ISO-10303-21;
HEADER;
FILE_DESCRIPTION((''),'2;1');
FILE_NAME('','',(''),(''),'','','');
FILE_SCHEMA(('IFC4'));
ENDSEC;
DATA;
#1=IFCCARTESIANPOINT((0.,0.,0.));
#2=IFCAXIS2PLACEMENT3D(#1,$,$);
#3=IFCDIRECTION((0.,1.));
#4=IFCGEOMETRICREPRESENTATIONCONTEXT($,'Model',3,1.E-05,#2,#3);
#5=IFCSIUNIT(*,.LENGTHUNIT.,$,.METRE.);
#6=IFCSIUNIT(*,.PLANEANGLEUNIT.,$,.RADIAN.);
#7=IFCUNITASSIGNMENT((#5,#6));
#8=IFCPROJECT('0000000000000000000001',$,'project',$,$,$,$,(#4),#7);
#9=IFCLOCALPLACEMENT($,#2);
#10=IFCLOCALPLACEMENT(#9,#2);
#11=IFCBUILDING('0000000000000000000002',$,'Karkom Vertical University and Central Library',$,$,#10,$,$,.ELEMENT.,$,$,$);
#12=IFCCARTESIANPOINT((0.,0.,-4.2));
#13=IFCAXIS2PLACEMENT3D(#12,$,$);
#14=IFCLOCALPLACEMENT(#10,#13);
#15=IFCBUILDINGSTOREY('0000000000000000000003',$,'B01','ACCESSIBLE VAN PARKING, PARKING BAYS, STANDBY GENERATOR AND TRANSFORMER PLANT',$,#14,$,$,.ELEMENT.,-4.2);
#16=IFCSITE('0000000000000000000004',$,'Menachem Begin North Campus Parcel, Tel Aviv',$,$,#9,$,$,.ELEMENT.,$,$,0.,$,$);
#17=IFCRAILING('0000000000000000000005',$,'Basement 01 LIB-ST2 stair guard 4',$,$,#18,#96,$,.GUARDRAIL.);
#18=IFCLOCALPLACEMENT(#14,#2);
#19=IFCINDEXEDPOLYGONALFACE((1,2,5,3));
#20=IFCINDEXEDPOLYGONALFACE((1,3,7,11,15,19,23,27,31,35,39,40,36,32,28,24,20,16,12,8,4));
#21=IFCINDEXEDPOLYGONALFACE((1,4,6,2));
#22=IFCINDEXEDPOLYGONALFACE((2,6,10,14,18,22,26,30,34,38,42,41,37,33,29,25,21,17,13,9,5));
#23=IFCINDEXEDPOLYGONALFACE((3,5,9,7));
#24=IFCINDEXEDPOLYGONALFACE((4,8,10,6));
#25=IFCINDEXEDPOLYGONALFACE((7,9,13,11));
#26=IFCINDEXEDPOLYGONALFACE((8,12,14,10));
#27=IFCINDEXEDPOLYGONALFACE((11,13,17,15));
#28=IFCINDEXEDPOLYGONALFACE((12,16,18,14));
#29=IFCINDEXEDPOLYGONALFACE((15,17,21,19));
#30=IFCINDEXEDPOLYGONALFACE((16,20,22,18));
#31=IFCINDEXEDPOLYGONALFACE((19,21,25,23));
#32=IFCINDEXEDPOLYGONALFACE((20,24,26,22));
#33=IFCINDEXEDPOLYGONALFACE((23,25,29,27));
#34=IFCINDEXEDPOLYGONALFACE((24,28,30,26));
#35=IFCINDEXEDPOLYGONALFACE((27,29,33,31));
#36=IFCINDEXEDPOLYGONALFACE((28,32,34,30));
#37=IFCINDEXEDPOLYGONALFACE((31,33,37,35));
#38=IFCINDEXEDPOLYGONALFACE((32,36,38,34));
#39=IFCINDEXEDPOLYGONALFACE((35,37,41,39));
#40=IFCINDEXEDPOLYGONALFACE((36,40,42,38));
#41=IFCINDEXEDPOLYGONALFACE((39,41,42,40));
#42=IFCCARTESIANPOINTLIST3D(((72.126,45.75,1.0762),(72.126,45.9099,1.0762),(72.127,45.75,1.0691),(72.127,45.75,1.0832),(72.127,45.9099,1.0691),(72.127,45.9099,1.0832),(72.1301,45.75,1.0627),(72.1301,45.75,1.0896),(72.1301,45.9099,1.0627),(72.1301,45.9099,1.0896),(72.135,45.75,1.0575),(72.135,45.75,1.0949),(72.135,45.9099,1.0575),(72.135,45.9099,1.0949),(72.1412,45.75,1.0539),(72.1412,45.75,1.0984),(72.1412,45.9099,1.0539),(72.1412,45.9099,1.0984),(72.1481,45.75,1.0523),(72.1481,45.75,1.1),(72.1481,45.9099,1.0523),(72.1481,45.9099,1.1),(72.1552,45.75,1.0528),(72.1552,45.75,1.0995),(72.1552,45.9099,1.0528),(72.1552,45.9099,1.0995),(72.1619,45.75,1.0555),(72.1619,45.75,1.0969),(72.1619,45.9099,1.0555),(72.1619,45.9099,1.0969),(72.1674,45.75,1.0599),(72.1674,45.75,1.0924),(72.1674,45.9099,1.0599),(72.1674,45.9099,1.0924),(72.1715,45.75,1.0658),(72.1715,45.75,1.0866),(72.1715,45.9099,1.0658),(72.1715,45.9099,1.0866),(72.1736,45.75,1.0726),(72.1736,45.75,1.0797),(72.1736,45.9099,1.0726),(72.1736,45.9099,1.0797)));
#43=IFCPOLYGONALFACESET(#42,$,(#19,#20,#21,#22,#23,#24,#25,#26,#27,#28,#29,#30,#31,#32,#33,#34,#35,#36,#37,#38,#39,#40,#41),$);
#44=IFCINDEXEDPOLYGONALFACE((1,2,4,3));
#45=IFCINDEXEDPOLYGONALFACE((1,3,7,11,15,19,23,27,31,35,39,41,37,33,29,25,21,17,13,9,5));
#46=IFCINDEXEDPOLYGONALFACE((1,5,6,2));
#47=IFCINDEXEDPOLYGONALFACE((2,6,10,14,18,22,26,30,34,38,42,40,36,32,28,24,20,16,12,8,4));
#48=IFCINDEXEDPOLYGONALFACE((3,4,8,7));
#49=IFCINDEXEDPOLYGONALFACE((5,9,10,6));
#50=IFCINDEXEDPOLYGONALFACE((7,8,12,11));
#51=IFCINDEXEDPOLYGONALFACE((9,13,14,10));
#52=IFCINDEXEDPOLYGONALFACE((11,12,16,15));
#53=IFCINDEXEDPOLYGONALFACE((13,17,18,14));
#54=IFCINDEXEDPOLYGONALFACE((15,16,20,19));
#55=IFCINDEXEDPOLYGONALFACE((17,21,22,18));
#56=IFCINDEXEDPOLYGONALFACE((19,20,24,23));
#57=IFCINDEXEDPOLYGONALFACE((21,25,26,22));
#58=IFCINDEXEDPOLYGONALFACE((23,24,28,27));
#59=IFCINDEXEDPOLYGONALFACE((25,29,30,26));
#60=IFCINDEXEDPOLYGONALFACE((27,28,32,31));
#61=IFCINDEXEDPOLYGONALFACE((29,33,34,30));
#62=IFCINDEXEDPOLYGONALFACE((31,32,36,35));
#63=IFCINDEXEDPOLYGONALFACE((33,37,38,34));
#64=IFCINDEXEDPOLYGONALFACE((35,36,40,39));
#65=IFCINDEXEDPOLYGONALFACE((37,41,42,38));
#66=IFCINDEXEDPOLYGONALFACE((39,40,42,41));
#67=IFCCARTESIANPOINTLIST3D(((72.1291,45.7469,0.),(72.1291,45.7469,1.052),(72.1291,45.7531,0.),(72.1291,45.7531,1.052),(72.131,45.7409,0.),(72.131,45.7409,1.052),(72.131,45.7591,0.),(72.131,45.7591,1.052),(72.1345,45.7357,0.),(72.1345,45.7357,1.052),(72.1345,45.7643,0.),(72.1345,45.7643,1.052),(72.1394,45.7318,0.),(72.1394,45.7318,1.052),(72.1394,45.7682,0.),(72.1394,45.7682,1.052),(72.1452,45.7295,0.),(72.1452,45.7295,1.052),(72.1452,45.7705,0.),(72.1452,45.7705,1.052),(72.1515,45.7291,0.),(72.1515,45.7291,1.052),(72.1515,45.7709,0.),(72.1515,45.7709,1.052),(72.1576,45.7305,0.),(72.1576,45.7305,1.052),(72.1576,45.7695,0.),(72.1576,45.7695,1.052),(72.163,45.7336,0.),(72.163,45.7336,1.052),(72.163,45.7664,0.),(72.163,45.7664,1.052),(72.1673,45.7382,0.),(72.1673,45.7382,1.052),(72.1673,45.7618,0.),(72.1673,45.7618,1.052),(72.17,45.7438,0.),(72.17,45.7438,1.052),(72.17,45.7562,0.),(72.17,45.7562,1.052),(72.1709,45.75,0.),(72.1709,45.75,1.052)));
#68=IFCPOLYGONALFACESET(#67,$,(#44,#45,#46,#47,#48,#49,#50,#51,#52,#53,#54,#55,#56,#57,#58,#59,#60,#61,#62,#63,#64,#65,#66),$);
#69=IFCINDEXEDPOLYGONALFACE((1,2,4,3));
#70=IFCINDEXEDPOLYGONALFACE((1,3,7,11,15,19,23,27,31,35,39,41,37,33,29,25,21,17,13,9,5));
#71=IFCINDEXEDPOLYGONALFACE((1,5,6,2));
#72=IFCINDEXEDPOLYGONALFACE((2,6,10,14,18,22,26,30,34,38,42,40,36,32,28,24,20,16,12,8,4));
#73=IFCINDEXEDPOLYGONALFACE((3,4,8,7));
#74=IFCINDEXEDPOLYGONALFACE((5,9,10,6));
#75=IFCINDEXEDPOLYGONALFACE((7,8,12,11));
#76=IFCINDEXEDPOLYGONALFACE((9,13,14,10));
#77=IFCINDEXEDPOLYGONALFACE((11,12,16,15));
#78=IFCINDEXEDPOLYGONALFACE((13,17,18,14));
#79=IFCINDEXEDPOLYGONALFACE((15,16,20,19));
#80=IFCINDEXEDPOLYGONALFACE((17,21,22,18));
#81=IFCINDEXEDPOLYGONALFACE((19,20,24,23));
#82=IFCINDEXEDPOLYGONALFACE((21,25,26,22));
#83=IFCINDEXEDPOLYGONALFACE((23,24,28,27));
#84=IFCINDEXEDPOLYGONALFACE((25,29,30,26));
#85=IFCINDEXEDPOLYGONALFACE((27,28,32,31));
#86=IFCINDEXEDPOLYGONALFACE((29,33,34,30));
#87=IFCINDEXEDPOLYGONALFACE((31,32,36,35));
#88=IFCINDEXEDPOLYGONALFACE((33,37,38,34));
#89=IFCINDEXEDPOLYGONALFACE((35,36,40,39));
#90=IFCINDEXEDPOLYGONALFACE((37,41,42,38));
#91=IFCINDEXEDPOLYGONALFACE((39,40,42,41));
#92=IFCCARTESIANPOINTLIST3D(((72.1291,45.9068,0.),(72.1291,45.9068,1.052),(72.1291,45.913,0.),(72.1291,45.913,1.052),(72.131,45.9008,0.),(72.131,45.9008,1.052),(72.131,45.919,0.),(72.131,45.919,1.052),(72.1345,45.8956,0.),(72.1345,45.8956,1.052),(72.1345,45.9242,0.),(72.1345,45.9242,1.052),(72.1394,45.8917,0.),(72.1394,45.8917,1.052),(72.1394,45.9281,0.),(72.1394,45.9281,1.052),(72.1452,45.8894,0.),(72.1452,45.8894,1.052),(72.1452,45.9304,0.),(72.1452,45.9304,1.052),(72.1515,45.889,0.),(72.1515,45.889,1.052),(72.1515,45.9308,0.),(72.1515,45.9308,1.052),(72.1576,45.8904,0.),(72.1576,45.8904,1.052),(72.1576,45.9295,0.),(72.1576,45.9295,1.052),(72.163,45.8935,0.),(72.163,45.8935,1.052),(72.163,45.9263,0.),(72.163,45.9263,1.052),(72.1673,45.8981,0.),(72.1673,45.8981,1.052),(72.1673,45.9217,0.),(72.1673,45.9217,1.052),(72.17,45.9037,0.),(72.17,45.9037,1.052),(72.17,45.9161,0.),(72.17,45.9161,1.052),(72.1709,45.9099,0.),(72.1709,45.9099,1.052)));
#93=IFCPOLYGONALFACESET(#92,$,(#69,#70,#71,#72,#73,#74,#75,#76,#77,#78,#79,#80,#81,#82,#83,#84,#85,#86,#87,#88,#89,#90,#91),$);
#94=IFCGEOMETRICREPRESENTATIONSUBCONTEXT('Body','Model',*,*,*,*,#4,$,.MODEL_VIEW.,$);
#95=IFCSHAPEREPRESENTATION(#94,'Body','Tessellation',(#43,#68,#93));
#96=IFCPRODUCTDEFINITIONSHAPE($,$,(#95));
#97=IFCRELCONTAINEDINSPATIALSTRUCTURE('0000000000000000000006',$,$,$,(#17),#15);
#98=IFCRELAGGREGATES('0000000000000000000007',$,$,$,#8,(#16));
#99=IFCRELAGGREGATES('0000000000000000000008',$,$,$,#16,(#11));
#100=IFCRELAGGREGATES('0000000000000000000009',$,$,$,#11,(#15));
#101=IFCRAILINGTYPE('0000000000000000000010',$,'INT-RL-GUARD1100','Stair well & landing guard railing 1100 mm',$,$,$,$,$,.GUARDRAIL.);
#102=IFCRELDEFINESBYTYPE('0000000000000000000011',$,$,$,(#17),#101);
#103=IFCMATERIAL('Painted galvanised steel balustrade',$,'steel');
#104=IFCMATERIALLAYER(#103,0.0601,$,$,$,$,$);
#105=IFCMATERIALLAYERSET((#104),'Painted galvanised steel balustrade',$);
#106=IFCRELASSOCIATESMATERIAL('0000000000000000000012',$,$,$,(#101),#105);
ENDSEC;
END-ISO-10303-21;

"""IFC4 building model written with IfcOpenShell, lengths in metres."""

from ifc_helpers import new_model, si_unit, direction, frame, origin, origin_2d, place, context, subcontext, project, spatial, circle, extrude, material, layer, layer_set, type_object, element, save


model = new_model("IFC4")

# Units and contexts
model_context = context("Model", 3, precision=1e-05, world=origin(), true_north=direction((0.0, 1.0)))
body_context = subcontext(model_context, "Body", "Model", "MODEL_VIEW")
ifc_project = project(units=[si_unit("LENGTHUNIT", "METRE"), si_unit("PLANEANGLEUNIT", "RADIAN")], contexts=[model_context])

# Site, building, storey
site_placement = place(None, origin())
site = spatial("IfcSite", under=ifc_project, at=site_placement, Name="Menachem Begin North Campus Parcel, Tel Aviv", CompositionType="ELEMENT", RefElevation=0.0)
building_placement = place(site_placement, origin())
building = spatial("IfcBuilding", under=site, at=building_placement, Name="Karkom Vertical University and Central Library", CompositionType="ELEMENT")
storey_placement = place(building_placement, frame((0.0, 0.0, -4.2)))
storey = spatial("IfcBuildingStorey", under=building, at=storey_placement, Name="B01", Description="ACCESSIBLE VAN PARKING, PARKING BAYS, STANDBY GENERATOR AND TRANSFORMER PLANT", CompositionType="ELEMENT", Elevation=-4.2)

# Railing
ifc_material_1 = material(Name="Painted galvanised steel balustrade", Category="steel")
ifc_layer_1 = layer(ifc_material_1, 0.0601)
ifc_layer_set_1 = layer_set([ifc_layer_1], Name="Painted galvanised steel balustrade")
railing_type_1 = type_object("IfcRailingType", Name="INT-RL-GUARD1100", Description="Stair well & landing guard railing 1100 mm", PredefinedType="GUARDRAIL", material=ifc_layer_set_1)
railing_1_placement = place(storey_placement, frame((72.1499, 45.75, 0.0)))
element("IfcRailing", 1, at=railing_1_placement, inside=storey, type_object=railing_type_1, Name="Basement 01 LIB-ST2 stair guard 4", PredefinedType="GUARDRAIL", context=body_context, shape_type="SweptSolid", body=[
    extrude(circle(Radius=0.0239, at=origin_2d()), frame((0.0, 0.0, 1.0762), z_axis=(0.0, 1.0, 0.0), x_axis=(-1.0, 0.0, 0.0)), (0.0, 0.0, 1.0), 0.1599),
    extrude(circle(Radius=0.021, at=origin_2d()), origin(), (0.0, 0.0, 1.0), 1.052),
    extrude(circle(Radius=0.021, at=origin_2d()), frame((0.0, 0.1599, 0.0)), (0.0, 0.0, 1.0), 1.052),
])

save(model, "model.ifc")
